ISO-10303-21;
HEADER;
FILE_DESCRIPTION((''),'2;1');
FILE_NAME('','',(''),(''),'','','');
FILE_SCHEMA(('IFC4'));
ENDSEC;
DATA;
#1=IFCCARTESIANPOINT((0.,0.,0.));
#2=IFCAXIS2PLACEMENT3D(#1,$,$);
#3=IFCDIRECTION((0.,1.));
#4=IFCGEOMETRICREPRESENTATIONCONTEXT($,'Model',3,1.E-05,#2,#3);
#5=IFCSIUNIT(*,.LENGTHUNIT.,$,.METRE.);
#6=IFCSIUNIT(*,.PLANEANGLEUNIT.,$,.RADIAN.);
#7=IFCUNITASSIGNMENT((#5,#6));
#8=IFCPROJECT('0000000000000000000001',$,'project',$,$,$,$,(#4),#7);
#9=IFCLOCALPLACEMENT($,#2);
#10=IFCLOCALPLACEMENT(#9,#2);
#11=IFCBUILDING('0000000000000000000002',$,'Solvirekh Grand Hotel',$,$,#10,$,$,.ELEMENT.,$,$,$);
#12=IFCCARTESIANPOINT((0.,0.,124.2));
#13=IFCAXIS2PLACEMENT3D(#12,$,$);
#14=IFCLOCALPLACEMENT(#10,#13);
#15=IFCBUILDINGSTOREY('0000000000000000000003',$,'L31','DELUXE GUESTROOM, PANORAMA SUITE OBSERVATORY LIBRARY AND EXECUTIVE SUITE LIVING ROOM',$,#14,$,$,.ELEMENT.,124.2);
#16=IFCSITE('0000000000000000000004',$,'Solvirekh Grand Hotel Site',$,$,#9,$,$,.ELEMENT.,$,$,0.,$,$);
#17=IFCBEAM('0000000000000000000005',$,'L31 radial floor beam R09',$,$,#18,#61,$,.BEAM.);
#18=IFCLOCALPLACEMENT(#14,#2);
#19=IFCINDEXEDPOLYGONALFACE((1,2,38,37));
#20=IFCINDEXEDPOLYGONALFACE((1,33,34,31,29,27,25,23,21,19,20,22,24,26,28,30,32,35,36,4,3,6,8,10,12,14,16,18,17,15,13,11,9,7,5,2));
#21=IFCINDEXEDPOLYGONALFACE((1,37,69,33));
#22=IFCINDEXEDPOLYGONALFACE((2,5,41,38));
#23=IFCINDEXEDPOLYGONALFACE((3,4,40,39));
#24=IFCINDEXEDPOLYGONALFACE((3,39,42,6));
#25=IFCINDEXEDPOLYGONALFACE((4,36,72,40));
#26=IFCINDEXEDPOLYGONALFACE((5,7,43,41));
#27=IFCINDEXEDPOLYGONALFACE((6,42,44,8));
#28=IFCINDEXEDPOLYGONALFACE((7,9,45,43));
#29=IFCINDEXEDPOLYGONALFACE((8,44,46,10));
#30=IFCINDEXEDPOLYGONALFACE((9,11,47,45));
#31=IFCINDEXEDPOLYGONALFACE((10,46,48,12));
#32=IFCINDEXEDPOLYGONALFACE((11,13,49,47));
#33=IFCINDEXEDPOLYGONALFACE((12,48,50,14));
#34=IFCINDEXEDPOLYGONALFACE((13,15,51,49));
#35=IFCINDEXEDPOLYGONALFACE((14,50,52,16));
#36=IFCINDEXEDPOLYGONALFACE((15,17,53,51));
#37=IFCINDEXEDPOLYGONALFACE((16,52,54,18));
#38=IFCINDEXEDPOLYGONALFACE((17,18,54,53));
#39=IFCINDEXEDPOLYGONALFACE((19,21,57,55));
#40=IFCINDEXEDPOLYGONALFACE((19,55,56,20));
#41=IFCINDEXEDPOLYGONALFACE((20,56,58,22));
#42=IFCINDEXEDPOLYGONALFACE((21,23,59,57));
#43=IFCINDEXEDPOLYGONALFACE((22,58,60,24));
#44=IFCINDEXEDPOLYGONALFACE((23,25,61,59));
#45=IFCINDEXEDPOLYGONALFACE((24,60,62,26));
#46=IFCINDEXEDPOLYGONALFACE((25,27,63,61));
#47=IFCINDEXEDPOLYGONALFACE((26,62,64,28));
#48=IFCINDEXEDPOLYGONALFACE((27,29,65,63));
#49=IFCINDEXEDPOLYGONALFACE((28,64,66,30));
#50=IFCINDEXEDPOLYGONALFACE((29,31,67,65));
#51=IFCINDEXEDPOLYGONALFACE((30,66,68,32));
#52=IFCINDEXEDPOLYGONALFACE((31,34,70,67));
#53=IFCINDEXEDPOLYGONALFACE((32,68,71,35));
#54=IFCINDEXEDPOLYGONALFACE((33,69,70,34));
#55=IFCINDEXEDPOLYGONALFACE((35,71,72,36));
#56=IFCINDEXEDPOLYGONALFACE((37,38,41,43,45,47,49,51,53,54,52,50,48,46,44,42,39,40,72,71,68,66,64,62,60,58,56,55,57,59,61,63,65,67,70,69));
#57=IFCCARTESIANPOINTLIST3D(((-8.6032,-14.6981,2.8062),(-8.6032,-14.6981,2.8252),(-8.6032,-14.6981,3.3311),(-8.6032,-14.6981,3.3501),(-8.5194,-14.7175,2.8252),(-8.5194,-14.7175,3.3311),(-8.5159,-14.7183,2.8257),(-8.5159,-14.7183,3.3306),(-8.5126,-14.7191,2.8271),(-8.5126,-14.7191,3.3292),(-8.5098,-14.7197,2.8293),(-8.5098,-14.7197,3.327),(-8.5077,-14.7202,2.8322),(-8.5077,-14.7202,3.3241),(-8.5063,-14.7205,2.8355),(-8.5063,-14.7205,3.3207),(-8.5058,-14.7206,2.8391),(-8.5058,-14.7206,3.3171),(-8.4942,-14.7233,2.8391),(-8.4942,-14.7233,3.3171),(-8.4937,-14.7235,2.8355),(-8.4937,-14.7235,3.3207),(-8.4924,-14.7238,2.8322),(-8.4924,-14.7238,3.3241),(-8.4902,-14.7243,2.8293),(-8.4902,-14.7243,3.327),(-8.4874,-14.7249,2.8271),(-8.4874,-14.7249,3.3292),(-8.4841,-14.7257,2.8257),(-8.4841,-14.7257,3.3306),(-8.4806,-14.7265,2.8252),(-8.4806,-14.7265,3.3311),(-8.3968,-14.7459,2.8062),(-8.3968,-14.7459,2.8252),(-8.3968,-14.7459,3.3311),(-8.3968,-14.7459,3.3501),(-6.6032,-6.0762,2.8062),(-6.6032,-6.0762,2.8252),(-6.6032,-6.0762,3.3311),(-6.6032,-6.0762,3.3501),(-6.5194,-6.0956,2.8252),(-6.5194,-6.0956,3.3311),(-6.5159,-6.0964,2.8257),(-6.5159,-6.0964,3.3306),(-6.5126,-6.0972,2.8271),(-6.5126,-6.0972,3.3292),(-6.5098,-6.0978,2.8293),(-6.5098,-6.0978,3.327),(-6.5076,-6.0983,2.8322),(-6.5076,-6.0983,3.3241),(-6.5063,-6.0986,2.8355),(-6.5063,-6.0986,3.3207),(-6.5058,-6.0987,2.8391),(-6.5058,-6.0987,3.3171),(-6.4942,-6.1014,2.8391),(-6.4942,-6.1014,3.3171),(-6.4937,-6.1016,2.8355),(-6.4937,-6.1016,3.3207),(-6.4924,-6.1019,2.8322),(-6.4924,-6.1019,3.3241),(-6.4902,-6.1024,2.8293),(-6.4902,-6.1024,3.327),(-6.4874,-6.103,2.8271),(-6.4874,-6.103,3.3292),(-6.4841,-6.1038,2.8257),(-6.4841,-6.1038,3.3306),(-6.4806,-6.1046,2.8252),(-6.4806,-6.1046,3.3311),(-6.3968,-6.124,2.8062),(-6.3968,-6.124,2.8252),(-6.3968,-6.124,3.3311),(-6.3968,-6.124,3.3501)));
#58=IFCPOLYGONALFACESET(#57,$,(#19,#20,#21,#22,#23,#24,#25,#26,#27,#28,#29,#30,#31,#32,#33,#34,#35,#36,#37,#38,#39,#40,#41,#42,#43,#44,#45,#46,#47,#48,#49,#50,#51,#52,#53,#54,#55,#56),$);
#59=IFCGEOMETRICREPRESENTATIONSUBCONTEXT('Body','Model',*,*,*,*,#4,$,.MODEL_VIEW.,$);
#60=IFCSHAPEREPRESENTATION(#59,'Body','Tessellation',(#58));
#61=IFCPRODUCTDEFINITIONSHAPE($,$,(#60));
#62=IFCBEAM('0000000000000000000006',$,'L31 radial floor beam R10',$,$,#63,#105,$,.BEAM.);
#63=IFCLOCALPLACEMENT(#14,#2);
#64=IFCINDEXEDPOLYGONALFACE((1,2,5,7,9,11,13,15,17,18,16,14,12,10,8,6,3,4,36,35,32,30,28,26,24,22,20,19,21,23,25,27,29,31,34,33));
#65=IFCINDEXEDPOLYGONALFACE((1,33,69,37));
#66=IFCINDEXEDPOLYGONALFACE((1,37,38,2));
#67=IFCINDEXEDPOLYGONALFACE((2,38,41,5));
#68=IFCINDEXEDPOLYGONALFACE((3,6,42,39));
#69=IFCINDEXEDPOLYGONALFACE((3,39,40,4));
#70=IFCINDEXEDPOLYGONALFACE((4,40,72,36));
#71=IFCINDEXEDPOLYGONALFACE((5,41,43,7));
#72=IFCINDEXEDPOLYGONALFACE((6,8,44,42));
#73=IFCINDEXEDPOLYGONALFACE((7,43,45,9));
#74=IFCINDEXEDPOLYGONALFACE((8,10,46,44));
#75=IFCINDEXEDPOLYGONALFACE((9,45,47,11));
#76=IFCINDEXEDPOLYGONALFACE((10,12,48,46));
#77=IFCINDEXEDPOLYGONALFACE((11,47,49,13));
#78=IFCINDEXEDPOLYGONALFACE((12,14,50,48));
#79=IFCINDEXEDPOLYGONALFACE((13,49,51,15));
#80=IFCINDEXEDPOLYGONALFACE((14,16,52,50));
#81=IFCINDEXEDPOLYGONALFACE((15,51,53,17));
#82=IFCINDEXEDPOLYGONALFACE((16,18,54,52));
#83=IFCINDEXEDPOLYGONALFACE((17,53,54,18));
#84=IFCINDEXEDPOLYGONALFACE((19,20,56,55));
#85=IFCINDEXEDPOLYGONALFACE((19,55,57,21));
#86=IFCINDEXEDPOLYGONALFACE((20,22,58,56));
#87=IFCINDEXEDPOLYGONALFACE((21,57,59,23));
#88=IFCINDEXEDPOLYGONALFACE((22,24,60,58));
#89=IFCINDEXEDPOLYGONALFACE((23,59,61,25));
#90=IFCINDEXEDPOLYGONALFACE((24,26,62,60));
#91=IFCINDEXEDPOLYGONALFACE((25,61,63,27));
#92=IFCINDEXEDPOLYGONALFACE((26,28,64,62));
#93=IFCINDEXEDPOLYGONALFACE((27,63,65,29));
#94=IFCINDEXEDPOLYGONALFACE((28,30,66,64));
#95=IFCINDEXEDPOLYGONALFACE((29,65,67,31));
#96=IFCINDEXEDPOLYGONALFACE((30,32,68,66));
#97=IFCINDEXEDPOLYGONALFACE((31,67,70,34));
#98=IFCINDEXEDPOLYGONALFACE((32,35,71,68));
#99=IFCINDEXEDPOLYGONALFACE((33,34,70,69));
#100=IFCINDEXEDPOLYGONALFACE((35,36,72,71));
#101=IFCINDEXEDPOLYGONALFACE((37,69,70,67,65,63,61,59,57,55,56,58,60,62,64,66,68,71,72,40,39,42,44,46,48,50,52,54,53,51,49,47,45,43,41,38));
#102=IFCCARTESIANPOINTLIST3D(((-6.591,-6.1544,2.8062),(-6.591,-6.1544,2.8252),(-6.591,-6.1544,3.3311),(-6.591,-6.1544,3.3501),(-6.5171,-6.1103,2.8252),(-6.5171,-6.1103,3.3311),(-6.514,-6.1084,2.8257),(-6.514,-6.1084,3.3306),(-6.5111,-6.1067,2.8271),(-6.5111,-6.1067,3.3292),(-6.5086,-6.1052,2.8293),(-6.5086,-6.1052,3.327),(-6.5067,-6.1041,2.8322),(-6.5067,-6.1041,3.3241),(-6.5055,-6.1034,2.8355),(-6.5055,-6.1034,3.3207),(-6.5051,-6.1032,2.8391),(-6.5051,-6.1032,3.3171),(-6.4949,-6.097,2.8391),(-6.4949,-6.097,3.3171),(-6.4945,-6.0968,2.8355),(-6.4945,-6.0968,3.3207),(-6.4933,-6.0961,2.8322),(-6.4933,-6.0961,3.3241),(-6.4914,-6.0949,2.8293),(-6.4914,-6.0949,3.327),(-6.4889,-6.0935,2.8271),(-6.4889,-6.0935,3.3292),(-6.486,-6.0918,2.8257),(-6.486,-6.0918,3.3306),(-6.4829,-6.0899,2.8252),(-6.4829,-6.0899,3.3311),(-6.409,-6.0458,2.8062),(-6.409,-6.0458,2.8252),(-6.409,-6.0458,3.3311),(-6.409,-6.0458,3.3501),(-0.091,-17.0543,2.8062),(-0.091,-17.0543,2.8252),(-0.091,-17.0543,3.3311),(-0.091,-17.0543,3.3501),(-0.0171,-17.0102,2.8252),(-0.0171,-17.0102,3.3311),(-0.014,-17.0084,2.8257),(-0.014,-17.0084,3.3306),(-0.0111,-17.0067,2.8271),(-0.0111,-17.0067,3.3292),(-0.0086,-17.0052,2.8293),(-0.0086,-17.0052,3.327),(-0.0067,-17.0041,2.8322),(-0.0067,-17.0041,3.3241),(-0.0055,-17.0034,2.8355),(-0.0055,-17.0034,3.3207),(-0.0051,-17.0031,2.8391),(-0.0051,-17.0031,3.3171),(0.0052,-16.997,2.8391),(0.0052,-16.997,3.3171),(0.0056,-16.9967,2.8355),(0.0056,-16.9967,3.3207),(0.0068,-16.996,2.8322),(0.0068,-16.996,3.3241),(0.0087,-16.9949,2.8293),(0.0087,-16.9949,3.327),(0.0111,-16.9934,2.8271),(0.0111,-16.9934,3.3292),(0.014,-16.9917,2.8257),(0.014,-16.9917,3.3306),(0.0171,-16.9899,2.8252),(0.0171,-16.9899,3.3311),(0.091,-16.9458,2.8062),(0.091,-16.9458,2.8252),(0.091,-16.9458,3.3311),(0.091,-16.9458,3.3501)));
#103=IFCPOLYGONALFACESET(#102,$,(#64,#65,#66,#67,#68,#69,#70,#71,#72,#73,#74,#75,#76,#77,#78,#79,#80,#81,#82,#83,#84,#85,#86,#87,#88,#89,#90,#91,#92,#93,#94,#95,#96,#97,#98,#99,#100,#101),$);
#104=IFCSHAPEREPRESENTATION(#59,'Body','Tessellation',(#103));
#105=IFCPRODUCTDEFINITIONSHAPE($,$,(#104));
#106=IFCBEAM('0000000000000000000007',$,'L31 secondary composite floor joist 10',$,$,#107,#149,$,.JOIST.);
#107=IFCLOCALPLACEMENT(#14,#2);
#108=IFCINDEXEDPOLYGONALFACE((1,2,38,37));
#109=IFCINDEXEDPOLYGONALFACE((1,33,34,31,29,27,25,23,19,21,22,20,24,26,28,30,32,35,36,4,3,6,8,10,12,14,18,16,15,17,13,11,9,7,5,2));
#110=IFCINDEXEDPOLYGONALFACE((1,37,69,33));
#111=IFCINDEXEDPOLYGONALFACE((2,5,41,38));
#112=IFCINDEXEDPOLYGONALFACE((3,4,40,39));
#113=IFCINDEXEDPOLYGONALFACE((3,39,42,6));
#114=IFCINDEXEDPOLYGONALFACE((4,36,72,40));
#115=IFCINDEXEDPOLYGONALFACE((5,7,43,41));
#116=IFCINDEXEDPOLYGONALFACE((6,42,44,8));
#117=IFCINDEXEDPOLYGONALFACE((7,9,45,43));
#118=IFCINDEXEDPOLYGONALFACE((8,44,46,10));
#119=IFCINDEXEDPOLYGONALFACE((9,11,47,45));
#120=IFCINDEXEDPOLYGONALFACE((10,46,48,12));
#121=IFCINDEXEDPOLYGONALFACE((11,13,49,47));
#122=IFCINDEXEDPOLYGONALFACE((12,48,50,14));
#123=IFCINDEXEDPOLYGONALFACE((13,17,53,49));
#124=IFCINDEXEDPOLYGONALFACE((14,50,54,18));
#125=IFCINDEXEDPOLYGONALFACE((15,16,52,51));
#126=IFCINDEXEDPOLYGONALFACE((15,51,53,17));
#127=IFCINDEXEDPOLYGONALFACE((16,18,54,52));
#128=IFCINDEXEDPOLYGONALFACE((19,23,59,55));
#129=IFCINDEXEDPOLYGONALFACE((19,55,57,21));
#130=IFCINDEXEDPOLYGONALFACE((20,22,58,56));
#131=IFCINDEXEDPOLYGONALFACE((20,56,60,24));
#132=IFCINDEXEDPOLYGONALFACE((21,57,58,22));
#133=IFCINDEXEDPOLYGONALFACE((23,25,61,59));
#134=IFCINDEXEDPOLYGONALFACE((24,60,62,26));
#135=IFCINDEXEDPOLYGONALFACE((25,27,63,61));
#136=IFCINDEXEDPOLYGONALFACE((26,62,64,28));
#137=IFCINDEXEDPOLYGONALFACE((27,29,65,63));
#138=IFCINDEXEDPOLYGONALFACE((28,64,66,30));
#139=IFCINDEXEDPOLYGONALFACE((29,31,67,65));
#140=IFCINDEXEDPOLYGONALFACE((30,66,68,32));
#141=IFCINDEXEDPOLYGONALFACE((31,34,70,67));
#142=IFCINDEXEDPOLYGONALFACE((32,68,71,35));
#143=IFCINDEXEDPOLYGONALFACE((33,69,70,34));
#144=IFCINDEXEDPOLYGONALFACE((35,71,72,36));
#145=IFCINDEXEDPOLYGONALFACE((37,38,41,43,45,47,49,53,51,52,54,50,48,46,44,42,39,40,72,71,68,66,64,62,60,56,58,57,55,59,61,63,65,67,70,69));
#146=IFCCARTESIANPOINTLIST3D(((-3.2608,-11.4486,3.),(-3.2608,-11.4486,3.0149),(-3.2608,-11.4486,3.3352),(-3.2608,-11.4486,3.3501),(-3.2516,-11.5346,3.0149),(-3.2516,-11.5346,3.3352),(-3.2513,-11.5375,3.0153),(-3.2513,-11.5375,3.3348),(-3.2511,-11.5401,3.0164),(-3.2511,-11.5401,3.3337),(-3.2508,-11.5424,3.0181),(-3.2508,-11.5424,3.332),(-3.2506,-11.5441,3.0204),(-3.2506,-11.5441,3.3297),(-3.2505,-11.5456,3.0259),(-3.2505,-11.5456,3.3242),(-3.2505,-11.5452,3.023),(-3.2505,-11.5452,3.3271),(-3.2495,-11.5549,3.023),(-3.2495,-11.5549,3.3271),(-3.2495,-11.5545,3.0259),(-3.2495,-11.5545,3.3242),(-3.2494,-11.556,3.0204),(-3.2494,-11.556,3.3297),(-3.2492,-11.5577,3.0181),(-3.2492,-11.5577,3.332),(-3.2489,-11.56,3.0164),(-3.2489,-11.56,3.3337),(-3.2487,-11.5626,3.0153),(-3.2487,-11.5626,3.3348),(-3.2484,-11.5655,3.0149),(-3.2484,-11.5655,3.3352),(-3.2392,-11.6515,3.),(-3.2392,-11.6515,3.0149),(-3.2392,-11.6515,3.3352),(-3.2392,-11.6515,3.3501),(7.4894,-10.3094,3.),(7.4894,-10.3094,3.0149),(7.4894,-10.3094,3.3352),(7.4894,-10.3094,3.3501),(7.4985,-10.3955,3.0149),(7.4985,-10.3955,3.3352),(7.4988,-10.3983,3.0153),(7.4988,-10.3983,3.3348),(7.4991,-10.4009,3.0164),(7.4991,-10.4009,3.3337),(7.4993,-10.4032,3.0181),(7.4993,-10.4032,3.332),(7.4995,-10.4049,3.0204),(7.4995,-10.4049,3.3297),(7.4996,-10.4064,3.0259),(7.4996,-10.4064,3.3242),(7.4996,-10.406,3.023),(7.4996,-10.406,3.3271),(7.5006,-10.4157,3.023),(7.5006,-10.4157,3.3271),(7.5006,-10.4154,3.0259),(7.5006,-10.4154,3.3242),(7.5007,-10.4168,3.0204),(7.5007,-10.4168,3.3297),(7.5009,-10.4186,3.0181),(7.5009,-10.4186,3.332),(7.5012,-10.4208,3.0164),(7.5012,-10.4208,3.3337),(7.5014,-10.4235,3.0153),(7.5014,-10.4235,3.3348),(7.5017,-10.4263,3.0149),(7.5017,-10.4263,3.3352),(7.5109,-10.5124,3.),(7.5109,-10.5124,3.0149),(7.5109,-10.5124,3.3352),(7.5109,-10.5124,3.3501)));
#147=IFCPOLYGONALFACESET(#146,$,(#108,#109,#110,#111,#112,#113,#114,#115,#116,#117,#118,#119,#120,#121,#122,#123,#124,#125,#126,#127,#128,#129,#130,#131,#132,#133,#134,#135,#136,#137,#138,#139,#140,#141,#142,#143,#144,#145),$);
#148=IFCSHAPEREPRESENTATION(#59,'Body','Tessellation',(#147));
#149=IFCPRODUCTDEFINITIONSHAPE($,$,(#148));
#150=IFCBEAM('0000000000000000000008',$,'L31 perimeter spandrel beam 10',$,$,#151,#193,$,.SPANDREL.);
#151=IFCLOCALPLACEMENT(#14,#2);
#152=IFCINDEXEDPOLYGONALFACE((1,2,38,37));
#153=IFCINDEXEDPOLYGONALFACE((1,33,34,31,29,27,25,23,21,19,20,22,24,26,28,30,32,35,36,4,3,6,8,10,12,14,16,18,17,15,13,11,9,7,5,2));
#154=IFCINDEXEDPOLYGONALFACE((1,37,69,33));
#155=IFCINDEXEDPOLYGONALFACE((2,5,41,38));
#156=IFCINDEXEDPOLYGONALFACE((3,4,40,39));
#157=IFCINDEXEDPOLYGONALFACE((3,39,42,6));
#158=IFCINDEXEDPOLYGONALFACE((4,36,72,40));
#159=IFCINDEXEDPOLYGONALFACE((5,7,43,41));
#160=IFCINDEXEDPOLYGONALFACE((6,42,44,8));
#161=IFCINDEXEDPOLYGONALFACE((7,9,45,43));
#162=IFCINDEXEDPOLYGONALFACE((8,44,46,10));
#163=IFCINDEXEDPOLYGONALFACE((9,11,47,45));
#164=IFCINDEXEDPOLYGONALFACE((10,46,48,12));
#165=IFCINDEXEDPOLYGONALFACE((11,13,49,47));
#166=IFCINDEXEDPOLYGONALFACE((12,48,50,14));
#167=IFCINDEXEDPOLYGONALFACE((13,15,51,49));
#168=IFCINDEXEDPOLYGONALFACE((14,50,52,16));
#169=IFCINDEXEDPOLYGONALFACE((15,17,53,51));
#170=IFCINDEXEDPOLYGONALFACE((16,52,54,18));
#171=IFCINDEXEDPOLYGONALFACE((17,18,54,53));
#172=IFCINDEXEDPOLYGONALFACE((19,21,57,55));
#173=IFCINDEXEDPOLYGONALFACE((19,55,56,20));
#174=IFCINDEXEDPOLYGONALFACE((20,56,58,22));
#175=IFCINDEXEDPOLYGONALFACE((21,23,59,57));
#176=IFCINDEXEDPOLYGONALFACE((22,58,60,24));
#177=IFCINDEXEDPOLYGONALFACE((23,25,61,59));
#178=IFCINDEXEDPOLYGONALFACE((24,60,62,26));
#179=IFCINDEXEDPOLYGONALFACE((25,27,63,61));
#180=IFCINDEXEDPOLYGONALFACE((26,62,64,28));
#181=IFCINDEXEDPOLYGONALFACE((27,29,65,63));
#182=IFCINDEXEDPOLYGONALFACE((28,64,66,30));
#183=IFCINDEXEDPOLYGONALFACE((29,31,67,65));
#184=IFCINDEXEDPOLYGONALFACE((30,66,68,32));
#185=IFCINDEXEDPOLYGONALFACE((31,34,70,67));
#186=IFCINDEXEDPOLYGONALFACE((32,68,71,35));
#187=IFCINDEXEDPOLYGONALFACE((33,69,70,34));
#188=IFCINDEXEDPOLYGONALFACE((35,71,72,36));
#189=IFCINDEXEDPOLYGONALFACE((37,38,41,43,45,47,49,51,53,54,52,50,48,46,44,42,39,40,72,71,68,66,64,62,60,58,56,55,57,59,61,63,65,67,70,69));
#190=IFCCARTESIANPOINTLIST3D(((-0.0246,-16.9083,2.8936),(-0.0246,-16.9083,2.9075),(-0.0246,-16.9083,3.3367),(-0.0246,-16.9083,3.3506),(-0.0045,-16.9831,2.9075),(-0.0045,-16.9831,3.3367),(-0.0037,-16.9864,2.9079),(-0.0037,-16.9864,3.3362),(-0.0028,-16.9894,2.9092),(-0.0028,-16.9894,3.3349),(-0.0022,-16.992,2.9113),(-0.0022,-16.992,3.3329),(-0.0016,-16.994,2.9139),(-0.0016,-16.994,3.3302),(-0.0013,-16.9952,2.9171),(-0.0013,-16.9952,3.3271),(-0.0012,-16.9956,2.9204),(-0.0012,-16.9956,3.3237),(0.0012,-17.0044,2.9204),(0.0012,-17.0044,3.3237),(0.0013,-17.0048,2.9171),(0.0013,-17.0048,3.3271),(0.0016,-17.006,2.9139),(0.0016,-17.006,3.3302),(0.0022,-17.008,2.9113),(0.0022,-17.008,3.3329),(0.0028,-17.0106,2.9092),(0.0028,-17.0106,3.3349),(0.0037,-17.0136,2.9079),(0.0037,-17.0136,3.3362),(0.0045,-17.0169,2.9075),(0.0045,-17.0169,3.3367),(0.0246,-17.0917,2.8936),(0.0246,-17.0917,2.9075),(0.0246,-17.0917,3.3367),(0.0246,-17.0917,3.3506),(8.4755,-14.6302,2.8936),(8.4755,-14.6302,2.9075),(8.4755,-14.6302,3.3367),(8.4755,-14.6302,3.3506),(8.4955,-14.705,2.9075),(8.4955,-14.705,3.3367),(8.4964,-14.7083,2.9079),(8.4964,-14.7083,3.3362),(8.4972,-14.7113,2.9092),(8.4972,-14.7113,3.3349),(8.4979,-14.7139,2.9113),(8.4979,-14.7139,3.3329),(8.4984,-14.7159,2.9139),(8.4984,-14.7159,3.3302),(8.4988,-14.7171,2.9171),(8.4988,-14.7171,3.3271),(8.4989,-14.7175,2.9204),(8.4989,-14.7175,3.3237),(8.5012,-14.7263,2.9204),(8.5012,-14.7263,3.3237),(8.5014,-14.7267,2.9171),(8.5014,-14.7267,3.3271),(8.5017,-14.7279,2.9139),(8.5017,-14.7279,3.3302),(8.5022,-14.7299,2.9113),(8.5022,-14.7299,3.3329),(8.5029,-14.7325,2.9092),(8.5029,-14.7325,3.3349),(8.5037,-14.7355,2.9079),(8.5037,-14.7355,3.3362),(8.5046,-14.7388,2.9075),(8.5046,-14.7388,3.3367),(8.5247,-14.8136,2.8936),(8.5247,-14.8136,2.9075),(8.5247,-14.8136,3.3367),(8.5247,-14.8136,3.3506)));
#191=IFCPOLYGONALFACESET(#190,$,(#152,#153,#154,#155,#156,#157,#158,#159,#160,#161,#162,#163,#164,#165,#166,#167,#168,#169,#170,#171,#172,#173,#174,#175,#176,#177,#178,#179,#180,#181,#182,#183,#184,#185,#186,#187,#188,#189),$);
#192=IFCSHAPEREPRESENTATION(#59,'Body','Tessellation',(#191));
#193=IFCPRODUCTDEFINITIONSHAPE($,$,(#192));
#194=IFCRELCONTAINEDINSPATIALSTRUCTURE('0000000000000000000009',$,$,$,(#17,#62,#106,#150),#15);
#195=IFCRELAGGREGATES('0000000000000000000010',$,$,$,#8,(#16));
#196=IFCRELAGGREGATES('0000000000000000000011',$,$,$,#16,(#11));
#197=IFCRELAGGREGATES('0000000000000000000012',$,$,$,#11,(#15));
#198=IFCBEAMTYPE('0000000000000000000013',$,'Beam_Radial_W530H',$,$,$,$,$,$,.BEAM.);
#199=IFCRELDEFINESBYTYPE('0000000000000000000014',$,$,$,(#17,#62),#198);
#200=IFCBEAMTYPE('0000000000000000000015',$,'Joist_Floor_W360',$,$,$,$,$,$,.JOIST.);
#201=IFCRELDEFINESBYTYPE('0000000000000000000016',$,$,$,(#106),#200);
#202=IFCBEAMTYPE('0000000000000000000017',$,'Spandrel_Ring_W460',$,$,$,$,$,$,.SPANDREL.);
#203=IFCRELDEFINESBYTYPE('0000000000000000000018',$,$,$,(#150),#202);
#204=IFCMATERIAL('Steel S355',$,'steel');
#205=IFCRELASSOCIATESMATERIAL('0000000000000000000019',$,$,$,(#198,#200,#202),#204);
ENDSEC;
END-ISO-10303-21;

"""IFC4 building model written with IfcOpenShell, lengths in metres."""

from ifc_helpers import new_model, si_unit, direction, frame, origin, origin_2d, place, context, subcontext, project, spatial, i_section, extrude, material, material_profile, profile_set, type_object, element, save


model = new_model("IFC4")

# Units and contexts
model_context = context("Model", 3, precision=1e-05, world=origin(), true_north=direction((0.0, 1.0)))
body_context = subcontext(model_context, "Body", "Model", "MODEL_VIEW")
ifc_project = project(units=[si_unit("LENGTHUNIT", "METRE"), si_unit("PLANEANGLEUNIT", "RADIAN")], contexts=[model_context])

# Site, building, storey
site_placement = place(None, origin())
site = spatial("IfcSite", under=ifc_project, at=site_placement, Name="Solvirekh Grand Hotel Site", CompositionType="ELEMENT", RefElevation=0.0)
building_placement = place(site_placement, origin())
building = spatial("IfcBuilding", under=site, at=building_placement, Name="Solvirekh Grand Hotel", CompositionType="ELEMENT")
storey_placement = place(building_placement, frame((0.0, 0.0, 124.2)))
storey = spatial("IfcBuildingStorey", under=building, at=storey_placement, Name="L31", Description="DELUXE GUESTROOM, PANORAMA SUITE OBSERVATORY LIBRARY AND EXECUTIVE SUITE LIVING ROOM", CompositionType="ELEMENT", Elevation=124.2)

# Beams
ifc_material_1 = material(Name="Steel S355", Category="steel")
ifc_material_profile_1 = material_profile(ifc_material_1, i_section(OverallWidth=0.2119, OverallDepth=0.5439, WebThickness=0.012, FlangeThickness=0.019, FilletRadius=0.0139, at=origin_2d()), Name="W530X123")
ifc_profile_set_1 = profile_set([ifc_material_profile_1], Name="Steel S355")
beam_type_1 = type_object("IfcBeamType", Name="Beam_Radial_W530H", PredefinedType="BEAM", material=ifc_profile_set_1)
beam_1_placement = place(storey_placement, frame((-6.5, -6.1001, 3.0781), z_axis=(-0.225969, -0.974134, 0.0), x_axis=(0.974134, -0.225969, 0.0)))
element("IfcBeam", 1, at=beam_1_placement, inside=storey, type_object=beam_type_1, Name="L31 radial floor beam R09", PredefinedType="BEAM", context=body_context, shape_type="SweptSolid", body=[
    extrude(i_section(OverallWidth=0.2119, OverallDepth=0.5439, WebThickness=0.012, FlangeThickness=0.019, FilletRadius=0.0139, at=origin_2d()), origin(), (0.0, 0.0, 1.0), 8.8508),
])
beam_2_placement = place(storey_placement, frame((-6.5, -6.1001, 3.0781), z_axis=(0.51218, -0.858878, 0.0), x_axis=(0.858878, 0.51218, 0.0)))
element("IfcBeam", 2, at=beam_2_placement, inside=storey, type_object=beam_type_1, Name="L31 radial floor beam R10", PredefinedType="BEAM", context=body_context, shape_type="SweptSolid", body=[
    extrude(i_section(OverallWidth=0.2119, OverallDepth=0.5439, WebThickness=0.012, FlangeThickness=0.019, FilletRadius=0.0139, at=origin_2d()), origin(), (0.0, 0.0, 1.0), 12.6909),
])
ifc_material_profile_2 = material_profile(ifc_material_1, i_section(OverallWidth=0.2041, OverallDepth=0.3501, WebThickness=0.009, FlangeThickness=0.0149, FilletRadius=0.011, at=origin_2d()), Name="W360X72")
ifc_profile_set_2 = profile_set([ifc_material_profile_2], Name="Steel S355")
beam_type_2 = type_object("IfcBeamType", Name="Joist_Floor_W360", PredefinedType="JOIST", material=ifc_profile_set_2)
beam_3_placement = place(storey_placement, frame((-3.25, -11.55, 3.175), z_axis=(0.994432, 0.105378, 0.0), x_axis=(-0.105378, 0.994432, 0.0)))
element("IfcBeam", 3, at=beam_3_placement, inside=storey, type_object=beam_type_2, Name="L31 secondary composite floor joist 10", PredefinedType="JOIST", context=body_context, shape_type="SweptSolid", body=[
    extrude(i_section(OverallWidth=0.2041, OverallDepth=0.3501, WebThickness=0.009, FlangeThickness=0.0149, FilletRadius=0.011, at=origin_2d()), origin(), (0.0, 0.0, 1.0), 10.8103),
])
ifc_material_profile_3 = material_profile(ifc_material_1, i_section(OverallWidth=0.1899, OverallDepth=0.457, WebThickness=0.009, FlangeThickness=0.0139, FilletRadius=0.0129, at=origin_2d()), Name="W460X74")
ifc_profile_set_3 = profile_set([ifc_material_profile_3], Name="Steel S355")
beam_type_3 = type_object("IfcBeamType", Name="Spandrel_Ring_W460", PredefinedType="SPANDREL", material=ifc_profile_set_3)
beam_4_placement = place(storey_placement, frame((0.0, -17.0, 3.1221), z_axis=(0.965911, 0.258873, 0.0), x_axis=(-0.258873, 0.965911, 0.0)))
element("IfcBeam", 4, at=beam_4_placement, inside=storey, type_object=beam_type_3, Name="L31 perimeter spandrel beam 10", PredefinedType="SPANDREL", context=body_context, shape_type="SweptSolid", body=[
    extrude(i_section(OverallWidth=0.1899, OverallDepth=0.457, WebThickness=0.009, FlangeThickness=0.0139, FilletRadius=0.0129, at=origin_2d()), origin(), (0.0, 0.0, 1.0), 8.8),
])

save(model, "model.ifc")
